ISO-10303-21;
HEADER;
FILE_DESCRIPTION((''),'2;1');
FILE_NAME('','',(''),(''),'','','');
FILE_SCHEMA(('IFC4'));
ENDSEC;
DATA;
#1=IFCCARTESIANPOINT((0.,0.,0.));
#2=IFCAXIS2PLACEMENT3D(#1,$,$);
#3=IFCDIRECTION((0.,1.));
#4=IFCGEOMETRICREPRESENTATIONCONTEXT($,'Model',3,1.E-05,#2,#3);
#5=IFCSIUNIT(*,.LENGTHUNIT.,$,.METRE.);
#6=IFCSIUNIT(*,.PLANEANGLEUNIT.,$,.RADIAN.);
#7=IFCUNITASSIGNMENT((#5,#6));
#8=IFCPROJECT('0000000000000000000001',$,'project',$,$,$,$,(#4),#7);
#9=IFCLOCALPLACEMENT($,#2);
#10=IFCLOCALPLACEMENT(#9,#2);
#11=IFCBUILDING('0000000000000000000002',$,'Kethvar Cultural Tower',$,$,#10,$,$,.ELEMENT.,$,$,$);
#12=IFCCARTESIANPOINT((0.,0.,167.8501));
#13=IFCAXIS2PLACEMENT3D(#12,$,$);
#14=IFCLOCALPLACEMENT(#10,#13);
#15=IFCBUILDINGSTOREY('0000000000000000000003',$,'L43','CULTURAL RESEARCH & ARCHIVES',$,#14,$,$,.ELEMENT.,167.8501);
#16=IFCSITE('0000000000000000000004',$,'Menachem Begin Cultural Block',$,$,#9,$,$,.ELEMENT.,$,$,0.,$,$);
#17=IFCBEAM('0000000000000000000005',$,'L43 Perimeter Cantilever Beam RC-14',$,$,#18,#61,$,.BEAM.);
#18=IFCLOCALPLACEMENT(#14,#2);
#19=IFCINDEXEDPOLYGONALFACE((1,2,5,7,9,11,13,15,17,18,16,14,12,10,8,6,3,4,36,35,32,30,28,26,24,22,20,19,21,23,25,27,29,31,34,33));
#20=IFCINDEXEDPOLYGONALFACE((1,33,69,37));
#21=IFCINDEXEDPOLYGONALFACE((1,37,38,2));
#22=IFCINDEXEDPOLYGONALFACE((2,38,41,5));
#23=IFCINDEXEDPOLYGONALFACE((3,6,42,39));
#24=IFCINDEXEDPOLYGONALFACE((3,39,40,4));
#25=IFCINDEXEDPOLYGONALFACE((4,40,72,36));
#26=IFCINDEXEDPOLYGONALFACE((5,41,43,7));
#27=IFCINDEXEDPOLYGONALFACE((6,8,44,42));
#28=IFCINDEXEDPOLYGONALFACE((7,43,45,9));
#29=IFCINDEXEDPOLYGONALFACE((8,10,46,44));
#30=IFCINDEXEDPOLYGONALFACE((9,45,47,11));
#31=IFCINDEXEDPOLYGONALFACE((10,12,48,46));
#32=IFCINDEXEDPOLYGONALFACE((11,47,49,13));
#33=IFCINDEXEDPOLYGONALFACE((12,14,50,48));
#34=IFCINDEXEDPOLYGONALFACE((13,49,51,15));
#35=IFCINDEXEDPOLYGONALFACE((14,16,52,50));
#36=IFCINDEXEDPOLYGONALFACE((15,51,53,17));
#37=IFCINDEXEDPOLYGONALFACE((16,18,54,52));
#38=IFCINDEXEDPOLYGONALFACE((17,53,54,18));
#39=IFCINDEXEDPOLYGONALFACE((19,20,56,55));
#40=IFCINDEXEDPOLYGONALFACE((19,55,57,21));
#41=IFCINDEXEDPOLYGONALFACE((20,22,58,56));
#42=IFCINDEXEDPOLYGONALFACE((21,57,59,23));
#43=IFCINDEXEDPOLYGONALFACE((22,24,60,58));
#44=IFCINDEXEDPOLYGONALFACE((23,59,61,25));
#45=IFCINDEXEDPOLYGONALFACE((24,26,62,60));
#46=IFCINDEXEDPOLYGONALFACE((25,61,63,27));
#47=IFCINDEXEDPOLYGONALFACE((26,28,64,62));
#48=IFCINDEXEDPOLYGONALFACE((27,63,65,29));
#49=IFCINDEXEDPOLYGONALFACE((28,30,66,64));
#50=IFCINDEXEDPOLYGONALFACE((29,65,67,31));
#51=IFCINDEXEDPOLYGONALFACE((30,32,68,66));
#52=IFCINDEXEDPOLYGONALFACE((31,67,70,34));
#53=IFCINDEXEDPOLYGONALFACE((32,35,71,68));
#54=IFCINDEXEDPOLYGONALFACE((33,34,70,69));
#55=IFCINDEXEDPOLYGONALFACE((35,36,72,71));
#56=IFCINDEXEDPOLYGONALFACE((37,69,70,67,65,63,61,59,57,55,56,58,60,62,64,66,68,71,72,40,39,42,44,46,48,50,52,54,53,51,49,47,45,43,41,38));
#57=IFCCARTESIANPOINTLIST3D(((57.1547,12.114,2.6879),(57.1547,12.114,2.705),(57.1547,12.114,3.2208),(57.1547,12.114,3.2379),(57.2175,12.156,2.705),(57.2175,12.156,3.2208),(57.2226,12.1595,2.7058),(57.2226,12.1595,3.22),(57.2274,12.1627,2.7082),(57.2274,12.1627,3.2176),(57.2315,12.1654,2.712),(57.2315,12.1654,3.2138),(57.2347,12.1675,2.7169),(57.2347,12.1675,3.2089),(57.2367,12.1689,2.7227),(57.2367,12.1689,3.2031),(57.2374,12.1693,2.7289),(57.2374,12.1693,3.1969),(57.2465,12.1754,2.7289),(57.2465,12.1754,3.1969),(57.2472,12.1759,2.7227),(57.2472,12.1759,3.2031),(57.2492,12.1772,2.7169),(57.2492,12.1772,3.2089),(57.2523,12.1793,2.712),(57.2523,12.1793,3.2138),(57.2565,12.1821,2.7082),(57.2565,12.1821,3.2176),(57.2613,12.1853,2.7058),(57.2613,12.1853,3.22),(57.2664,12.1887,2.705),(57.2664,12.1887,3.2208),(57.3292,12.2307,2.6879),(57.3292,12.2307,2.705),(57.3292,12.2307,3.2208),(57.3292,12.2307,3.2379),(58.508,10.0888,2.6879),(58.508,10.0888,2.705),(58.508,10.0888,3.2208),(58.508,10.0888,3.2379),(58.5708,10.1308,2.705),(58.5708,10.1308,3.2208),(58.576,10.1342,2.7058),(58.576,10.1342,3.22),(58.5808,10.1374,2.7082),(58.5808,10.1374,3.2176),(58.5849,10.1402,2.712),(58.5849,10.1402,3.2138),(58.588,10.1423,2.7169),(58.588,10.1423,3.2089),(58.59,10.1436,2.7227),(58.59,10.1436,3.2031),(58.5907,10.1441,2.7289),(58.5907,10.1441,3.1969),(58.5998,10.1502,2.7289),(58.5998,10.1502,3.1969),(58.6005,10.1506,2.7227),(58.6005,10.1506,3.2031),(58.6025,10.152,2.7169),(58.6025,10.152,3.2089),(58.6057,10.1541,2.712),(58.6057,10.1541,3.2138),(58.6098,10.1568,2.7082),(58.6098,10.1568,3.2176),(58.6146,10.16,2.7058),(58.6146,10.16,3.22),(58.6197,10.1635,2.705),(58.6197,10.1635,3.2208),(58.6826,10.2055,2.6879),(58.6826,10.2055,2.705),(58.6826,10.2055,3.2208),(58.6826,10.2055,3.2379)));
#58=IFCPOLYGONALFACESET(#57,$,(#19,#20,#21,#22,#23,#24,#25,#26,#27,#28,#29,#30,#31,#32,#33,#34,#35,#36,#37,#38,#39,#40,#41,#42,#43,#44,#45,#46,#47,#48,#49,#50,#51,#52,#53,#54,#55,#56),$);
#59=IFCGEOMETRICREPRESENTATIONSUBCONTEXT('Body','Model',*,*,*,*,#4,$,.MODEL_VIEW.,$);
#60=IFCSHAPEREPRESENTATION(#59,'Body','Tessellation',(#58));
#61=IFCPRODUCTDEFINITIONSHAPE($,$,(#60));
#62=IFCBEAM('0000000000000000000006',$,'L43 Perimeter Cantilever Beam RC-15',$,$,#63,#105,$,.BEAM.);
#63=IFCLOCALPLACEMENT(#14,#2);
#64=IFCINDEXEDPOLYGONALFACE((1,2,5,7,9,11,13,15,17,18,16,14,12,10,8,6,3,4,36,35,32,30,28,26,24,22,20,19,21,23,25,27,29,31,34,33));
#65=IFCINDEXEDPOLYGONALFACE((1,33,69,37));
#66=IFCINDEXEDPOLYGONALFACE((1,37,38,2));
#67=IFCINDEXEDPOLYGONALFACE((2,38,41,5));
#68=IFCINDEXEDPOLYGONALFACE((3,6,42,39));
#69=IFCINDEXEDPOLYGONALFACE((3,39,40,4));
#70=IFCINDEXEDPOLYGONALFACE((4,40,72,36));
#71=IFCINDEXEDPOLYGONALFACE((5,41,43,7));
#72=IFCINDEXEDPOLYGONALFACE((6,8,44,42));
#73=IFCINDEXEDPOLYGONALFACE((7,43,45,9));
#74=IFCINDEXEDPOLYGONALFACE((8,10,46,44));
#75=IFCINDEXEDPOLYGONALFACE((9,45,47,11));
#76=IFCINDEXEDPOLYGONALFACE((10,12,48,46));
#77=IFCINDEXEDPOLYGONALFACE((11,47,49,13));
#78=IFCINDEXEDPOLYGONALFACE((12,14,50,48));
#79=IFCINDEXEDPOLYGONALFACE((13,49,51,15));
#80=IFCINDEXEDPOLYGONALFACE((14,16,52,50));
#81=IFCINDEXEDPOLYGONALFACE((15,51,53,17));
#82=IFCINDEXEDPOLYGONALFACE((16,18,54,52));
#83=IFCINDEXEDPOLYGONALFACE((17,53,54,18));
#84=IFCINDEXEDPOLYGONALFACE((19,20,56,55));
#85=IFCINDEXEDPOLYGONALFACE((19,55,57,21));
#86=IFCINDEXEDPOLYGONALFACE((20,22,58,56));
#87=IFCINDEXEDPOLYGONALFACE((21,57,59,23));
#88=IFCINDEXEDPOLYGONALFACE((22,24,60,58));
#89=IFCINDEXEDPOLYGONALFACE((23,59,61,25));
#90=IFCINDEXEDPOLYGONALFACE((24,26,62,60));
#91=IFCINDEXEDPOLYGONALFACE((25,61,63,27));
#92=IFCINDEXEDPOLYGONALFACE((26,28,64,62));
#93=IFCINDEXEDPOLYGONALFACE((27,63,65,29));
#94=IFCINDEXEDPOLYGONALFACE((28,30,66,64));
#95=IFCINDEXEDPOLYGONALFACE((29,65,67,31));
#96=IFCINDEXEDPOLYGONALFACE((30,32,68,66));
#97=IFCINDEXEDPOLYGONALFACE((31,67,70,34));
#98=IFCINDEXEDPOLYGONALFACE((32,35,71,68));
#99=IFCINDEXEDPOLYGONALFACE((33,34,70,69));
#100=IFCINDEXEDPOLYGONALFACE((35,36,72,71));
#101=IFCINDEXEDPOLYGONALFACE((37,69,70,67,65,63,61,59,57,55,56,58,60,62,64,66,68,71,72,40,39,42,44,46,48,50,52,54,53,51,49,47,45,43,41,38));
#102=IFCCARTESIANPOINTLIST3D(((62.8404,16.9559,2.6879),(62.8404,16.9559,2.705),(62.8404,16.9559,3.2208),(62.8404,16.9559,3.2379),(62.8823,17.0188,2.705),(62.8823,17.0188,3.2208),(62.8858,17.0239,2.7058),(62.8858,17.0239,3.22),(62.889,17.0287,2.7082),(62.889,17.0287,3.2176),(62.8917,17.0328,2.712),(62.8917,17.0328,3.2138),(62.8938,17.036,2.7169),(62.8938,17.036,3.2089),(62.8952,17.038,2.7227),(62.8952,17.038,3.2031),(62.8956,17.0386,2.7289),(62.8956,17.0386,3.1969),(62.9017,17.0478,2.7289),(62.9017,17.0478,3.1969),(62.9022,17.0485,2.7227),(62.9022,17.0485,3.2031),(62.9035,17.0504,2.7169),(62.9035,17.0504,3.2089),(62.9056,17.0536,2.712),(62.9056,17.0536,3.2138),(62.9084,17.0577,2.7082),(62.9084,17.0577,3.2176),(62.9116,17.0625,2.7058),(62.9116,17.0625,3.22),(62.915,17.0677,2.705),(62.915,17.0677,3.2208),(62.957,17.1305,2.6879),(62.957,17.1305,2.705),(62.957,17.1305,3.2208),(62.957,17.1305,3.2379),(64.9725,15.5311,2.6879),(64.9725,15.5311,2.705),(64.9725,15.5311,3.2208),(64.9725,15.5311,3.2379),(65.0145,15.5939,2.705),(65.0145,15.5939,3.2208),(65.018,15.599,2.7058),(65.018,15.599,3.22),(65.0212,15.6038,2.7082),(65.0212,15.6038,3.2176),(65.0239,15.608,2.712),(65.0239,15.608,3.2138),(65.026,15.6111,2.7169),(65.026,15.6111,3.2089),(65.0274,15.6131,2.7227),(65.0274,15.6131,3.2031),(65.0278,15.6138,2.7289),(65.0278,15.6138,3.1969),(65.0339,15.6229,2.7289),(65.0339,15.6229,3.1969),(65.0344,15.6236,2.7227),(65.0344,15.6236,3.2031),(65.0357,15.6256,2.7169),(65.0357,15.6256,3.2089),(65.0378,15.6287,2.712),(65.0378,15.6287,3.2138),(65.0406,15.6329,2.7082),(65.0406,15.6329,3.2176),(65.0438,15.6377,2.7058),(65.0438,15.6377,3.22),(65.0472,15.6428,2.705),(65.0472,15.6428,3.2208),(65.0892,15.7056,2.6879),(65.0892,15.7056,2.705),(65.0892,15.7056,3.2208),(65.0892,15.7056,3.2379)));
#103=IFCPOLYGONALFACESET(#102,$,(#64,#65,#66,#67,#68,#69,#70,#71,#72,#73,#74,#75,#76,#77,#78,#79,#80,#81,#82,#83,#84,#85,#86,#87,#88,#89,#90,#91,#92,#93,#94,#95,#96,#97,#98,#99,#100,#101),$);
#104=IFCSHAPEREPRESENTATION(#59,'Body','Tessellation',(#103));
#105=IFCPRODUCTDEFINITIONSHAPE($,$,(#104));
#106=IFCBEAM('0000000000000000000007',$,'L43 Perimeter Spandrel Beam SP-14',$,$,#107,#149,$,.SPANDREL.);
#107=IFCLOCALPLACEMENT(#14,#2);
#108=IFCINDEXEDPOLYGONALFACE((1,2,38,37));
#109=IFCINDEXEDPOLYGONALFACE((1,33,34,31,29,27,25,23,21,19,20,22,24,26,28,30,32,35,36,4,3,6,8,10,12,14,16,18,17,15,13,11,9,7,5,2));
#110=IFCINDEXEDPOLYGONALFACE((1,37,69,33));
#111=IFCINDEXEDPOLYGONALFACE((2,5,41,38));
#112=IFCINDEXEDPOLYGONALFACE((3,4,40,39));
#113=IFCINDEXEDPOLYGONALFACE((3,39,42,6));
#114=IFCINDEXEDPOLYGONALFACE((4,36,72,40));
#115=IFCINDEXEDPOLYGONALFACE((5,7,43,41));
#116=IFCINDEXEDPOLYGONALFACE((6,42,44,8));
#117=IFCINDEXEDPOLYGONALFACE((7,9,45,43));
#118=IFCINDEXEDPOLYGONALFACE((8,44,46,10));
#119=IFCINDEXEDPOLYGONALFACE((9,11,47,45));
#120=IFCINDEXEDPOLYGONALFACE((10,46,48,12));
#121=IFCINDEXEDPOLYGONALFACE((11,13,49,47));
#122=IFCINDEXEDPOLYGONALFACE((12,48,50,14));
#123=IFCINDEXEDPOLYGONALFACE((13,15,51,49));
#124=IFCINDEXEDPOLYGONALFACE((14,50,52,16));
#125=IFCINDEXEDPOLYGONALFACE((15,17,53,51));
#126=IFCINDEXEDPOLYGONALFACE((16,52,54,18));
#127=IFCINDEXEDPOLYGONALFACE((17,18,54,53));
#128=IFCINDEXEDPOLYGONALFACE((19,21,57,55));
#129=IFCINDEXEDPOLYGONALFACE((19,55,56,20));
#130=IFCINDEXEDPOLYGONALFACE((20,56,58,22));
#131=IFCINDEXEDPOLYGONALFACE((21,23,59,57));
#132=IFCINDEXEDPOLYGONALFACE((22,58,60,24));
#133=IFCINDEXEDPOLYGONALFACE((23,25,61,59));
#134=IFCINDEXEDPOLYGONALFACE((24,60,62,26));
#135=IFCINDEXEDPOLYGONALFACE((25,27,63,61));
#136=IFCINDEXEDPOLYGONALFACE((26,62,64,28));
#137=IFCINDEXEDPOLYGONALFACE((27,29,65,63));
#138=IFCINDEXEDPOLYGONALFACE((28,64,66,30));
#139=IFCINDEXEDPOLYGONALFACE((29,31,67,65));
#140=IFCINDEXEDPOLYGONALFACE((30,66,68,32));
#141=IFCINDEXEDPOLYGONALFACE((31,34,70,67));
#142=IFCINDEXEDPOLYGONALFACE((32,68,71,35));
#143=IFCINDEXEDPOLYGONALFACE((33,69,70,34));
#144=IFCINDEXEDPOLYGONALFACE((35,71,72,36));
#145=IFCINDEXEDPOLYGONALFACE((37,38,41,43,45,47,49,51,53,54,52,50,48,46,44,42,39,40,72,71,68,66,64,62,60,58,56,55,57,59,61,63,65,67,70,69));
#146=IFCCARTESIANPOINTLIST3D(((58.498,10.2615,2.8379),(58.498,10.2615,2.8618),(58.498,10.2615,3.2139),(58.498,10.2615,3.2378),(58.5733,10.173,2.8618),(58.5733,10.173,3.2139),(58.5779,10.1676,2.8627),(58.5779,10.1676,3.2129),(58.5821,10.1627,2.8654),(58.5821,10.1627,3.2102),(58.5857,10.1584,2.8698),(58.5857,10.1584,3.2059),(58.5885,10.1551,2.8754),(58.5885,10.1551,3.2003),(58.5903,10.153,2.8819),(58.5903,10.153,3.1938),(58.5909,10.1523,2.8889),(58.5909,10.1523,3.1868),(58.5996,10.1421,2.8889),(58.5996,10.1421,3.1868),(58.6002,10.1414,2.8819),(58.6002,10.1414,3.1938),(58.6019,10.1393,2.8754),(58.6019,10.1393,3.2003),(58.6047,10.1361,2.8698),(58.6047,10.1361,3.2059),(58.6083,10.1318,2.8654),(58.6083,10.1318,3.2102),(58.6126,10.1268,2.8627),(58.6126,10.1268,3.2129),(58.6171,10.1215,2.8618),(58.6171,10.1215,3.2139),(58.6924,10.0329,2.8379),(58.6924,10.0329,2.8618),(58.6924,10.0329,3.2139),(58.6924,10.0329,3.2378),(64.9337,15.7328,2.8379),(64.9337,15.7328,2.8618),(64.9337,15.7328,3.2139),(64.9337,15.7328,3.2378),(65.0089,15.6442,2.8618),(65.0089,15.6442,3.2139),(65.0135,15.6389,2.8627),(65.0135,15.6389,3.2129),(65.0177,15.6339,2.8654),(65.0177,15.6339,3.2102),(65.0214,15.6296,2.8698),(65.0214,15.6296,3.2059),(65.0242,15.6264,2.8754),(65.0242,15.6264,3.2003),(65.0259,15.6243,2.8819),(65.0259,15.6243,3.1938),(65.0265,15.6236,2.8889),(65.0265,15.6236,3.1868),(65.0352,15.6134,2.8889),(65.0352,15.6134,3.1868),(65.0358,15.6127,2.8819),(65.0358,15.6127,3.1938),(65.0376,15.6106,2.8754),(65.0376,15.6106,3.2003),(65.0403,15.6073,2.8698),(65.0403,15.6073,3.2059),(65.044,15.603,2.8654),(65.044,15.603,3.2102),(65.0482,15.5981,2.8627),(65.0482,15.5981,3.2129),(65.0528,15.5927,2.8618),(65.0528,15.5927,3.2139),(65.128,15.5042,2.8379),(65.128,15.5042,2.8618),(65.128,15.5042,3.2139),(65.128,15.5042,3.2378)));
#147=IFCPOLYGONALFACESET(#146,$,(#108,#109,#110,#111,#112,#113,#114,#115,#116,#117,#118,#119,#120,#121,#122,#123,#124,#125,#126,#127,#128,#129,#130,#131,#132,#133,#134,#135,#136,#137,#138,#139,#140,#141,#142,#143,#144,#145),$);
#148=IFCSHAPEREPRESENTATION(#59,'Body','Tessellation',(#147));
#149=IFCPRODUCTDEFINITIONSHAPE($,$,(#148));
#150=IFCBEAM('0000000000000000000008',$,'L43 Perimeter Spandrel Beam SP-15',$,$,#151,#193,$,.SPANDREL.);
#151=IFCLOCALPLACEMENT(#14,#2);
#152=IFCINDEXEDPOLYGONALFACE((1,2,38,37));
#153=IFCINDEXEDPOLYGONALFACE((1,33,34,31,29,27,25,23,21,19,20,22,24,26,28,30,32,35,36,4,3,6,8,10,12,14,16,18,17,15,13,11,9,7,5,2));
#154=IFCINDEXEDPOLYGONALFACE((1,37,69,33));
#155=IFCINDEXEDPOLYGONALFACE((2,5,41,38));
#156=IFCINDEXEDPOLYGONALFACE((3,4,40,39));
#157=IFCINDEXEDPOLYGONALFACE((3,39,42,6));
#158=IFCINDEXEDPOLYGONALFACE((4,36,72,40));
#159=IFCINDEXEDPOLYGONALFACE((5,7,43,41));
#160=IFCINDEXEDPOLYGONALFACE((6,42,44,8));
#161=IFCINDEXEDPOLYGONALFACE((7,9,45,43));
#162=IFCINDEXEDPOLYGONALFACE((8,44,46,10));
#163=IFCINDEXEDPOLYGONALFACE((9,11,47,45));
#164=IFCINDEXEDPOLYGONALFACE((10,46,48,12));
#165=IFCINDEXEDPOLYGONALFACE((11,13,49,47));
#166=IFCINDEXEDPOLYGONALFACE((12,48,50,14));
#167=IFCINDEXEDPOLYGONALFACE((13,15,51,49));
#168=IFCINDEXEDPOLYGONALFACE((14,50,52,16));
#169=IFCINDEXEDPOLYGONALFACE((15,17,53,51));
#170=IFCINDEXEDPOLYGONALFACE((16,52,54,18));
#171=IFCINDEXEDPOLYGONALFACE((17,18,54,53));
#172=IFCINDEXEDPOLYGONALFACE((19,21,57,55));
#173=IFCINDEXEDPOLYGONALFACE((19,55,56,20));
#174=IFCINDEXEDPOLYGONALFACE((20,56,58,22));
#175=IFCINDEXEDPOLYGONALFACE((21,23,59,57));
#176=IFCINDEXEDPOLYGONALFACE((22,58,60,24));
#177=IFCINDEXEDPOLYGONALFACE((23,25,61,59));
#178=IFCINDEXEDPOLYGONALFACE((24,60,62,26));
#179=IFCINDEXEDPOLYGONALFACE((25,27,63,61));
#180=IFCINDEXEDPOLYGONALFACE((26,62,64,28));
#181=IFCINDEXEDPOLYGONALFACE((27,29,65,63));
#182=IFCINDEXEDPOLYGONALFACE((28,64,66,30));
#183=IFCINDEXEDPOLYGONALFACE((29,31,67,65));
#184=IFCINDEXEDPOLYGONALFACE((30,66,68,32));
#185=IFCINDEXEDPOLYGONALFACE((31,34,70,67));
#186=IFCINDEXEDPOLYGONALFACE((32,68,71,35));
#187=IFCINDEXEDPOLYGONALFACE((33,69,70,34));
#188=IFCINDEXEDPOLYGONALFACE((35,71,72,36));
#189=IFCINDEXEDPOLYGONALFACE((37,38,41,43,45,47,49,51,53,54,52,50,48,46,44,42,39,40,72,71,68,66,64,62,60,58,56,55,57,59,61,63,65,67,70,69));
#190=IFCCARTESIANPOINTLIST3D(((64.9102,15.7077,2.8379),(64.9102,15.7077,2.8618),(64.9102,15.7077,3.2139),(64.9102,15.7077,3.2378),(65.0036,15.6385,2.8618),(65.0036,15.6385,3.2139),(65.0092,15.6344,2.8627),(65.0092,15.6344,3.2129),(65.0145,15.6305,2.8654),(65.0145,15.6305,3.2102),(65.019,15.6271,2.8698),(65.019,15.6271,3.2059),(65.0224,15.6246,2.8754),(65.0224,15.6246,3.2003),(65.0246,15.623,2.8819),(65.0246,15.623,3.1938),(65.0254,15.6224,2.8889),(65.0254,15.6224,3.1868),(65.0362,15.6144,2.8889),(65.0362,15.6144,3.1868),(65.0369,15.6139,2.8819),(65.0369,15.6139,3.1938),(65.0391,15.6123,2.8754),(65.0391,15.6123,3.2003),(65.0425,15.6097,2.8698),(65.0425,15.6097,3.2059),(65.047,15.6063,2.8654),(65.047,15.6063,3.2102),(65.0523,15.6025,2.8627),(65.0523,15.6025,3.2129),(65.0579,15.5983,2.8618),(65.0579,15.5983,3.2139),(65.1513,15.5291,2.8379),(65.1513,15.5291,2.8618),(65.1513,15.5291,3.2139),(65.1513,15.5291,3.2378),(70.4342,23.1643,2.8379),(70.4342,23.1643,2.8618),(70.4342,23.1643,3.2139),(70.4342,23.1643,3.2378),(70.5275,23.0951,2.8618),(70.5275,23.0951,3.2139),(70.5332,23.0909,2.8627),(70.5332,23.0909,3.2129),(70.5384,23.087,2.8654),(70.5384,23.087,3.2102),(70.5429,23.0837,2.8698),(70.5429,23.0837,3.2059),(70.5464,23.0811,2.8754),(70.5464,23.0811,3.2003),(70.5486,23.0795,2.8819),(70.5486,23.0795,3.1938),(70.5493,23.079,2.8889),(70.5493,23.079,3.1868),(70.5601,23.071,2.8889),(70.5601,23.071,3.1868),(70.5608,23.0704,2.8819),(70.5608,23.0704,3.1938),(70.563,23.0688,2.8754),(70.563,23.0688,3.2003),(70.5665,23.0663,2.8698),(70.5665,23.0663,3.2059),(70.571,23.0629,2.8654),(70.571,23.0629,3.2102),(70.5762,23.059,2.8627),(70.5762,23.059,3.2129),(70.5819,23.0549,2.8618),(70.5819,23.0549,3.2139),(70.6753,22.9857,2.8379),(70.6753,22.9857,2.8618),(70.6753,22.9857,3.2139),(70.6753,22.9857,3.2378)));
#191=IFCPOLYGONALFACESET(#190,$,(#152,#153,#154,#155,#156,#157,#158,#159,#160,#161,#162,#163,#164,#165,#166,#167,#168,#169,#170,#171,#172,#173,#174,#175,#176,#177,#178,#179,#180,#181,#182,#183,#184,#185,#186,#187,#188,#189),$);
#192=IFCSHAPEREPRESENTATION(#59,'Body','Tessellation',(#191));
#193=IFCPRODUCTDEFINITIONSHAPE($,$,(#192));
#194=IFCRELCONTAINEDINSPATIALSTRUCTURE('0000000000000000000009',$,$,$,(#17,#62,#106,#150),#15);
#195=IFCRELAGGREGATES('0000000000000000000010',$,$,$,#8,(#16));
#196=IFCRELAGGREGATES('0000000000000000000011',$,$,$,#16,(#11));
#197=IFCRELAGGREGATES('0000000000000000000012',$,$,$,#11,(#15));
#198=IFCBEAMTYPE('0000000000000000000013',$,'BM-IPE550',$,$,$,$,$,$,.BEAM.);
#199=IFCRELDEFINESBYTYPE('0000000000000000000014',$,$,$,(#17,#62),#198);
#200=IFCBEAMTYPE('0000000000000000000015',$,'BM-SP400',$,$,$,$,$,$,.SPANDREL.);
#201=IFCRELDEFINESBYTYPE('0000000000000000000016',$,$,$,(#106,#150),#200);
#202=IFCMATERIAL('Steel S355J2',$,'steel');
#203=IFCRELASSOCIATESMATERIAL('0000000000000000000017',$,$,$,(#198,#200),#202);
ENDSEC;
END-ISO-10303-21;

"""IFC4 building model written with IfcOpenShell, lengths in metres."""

from ifc_helpers import new_model, si_unit, direction, frame, origin, origin_2d, place, context, subcontext, project, spatial, i_section, extrude, source, transform, mapped, material, material_profile, profile_set, type_object, element, save


model = new_model("IFC4")

# Units and contexts
model_context = context("Model", 3, precision=1e-05, world=origin(), true_north=direction((0.0, 1.0)))
body_context = subcontext(model_context, "Body", "Model", "MODEL_VIEW")
ifc_project = project(units=[si_unit("LENGTHUNIT", "METRE"), si_unit("PLANEANGLEUNIT", "RADIAN")], contexts=[model_context])

# Site, building, storey
site_placement = place(None, origin())
site = spatial("IfcSite", under=ifc_project, at=site_placement, Name="Menachem Begin Cultural Block", CompositionType="ELEMENT", RefElevation=0.0)
building_placement = place(site_placement, origin())
building = spatial("IfcBuilding", under=site, at=building_placement, Name="Kethvar Cultural Tower", CompositionType="ELEMENT")
storey_placement = place(building_placement, frame((0.0, 0.0, 167.8501)))
storey = spatial("IfcBuildingStorey", under=building, at=storey_placement, Name="L43", Description="CULTURAL RESEARCH & ARCHIVES", CompositionType="ELEMENT", Elevation=167.8501)

# Beams
ifc_material_1 = material(Name="Steel S355J2", Category="steel")
ifc_material_profile_1 = material_profile(ifc_material_1, i_section(OverallWidth=0.21, OverallDepth=0.55, WebThickness=0.011, FlangeThickness=0.0171, FilletRadius=0.0239, at=origin_2d()), Name="Steel S355J2 — IPE550")
ifc_profile_set_1 = profile_set([ifc_material_profile_1], Name="Steel S355J2 — IPE550")
beam_type_1 = type_object("IfcBeamType", Name="BM-IPE550", PredefinedType="BEAM", material=ifc_profile_set_1)
shared_shape_1 = source(origin(), body_context, "Body", "SweptSolid", [
    extrude(i_section(OverallWidth=0.21, OverallDepth=0.55, WebThickness=0.011, FlangeThickness=0.0171, FilletRadius=0.0239, at=origin_2d()), origin(), (0.0, 0.0, 1.0), 2.4358),
])
beam_1_placement = place(storey_placement, frame((57.2419, 12.1724, 2.9629), z_axis=(0.555602, -0.831448, 0.0), x_axis=(0.831448, 0.555602, 0.0)))
element("IfcBeam", 1, at=beam_1_placement, inside=storey, type_object=beam_type_1, Name="L43 Perimeter Cantilever Beam RC-14", PredefinedType="BEAM", context=body_context, shape_type="MappedRepresentation", body=[
    mapped(shared_shape_1, transform((0.0, 0.0, 0.0), scale=1.0)),
])
shared_shape_2 = source(origin(), body_context, "Body", "SweptSolid", [
    extrude(i_section(OverallWidth=0.21, OverallDepth=0.55, WebThickness=0.011, FlangeThickness=0.0171, FilletRadius=0.0239, at=origin_2d()), origin(), (0.0, 0.0, 1.0), 2.5645),
])
beam_2_placement = place(storey_placement, frame((62.8987, 17.0432, 2.9629), z_axis=(0.831435, -0.555623, 0.0), x_axis=(0.555623, 0.831435, 0.0)))
element("IfcBeam", 2, at=beam_2_placement, inside=storey, type_object=beam_type_1, Name="L43 Perimeter Cantilever Beam RC-15", PredefinedType="BEAM", context=body_context, shape_type="MappedRepresentation", body=[
    mapped(shared_shape_2, transform((0.0, 0.0, 0.0), scale=1.0)),
])
ifc_material_profile_2 = material_profile(ifc_material_1, i_section(OverallWidth=0.3, OverallDepth=0.3999, WebThickness=0.0134, FlangeThickness=0.0239, FilletRadius=0.0271, at=origin_2d()), Name="Steel S355J2 — HEB400")
ifc_profile_set_2 = profile_set([ifc_material_profile_2], Name="Steel S355J2 — HEB400")
beam_type_2 = type_object("IfcBeamType", Name="BM-SP400", PredefinedType="SPANDREL", material=ifc_profile_set_2)
shared_shape_3 = source(origin(), body_context, "Body", "SweptSolid", [
    extrude(i_section(OverallWidth=0.3, OverallDepth=0.3999, WebThickness=0.0134, FlangeThickness=0.0239, FilletRadius=0.0271, at=origin_2d()), origin(), (0.0, 0.0, 1.0), 8.447),
])
beam_3_placement = place(storey_placement, frame((58.5952, 10.1472, 3.0378), z_axis=(0.761882, 0.647716, 0.0), x_axis=(-0.647716, 0.761882, 0.0)))
element("IfcBeam", 3, at=beam_3_placement, inside=storey, type_object=beam_type_2, Name="L43 Perimeter Spandrel Beam SP-14", PredefinedType="SPANDREL", context=body_context, shape_type="MappedRepresentation", body=[
    mapped(shared_shape_3, transform((0.0, 0.0, 0.0), scale=1.0)),
])
shared_shape_4 = source(origin(), body_context, "Body", "SweptSolid", [
    extrude(i_section(OverallWidth=0.3, OverallDepth=0.3999, WebThickness=0.0134, FlangeThickness=0.0239, FilletRadius=0.0271, at=origin_2d()), origin(), (0.0, 0.0, 1.0), 9.2798),
])
beam_4_placement = place(storey_placement, frame((65.0308, 15.6184, 3.0378), z_axis=(0.595267, 0.803528, 0.0), x_axis=(-0.803528, 0.595267, 0.0)))
element("IfcBeam", 4, at=beam_4_placement, inside=storey, type_object=beam_type_2, Name="L43 Perimeter Spandrel Beam SP-15", PredefinedType="SPANDREL", context=body_context, shape_type="MappedRepresentation", body=[
    mapped(shared_shape_4, transform((0.0, 0.0, 0.0), scale=1.0)),
])

save(model, "model.ifc")
